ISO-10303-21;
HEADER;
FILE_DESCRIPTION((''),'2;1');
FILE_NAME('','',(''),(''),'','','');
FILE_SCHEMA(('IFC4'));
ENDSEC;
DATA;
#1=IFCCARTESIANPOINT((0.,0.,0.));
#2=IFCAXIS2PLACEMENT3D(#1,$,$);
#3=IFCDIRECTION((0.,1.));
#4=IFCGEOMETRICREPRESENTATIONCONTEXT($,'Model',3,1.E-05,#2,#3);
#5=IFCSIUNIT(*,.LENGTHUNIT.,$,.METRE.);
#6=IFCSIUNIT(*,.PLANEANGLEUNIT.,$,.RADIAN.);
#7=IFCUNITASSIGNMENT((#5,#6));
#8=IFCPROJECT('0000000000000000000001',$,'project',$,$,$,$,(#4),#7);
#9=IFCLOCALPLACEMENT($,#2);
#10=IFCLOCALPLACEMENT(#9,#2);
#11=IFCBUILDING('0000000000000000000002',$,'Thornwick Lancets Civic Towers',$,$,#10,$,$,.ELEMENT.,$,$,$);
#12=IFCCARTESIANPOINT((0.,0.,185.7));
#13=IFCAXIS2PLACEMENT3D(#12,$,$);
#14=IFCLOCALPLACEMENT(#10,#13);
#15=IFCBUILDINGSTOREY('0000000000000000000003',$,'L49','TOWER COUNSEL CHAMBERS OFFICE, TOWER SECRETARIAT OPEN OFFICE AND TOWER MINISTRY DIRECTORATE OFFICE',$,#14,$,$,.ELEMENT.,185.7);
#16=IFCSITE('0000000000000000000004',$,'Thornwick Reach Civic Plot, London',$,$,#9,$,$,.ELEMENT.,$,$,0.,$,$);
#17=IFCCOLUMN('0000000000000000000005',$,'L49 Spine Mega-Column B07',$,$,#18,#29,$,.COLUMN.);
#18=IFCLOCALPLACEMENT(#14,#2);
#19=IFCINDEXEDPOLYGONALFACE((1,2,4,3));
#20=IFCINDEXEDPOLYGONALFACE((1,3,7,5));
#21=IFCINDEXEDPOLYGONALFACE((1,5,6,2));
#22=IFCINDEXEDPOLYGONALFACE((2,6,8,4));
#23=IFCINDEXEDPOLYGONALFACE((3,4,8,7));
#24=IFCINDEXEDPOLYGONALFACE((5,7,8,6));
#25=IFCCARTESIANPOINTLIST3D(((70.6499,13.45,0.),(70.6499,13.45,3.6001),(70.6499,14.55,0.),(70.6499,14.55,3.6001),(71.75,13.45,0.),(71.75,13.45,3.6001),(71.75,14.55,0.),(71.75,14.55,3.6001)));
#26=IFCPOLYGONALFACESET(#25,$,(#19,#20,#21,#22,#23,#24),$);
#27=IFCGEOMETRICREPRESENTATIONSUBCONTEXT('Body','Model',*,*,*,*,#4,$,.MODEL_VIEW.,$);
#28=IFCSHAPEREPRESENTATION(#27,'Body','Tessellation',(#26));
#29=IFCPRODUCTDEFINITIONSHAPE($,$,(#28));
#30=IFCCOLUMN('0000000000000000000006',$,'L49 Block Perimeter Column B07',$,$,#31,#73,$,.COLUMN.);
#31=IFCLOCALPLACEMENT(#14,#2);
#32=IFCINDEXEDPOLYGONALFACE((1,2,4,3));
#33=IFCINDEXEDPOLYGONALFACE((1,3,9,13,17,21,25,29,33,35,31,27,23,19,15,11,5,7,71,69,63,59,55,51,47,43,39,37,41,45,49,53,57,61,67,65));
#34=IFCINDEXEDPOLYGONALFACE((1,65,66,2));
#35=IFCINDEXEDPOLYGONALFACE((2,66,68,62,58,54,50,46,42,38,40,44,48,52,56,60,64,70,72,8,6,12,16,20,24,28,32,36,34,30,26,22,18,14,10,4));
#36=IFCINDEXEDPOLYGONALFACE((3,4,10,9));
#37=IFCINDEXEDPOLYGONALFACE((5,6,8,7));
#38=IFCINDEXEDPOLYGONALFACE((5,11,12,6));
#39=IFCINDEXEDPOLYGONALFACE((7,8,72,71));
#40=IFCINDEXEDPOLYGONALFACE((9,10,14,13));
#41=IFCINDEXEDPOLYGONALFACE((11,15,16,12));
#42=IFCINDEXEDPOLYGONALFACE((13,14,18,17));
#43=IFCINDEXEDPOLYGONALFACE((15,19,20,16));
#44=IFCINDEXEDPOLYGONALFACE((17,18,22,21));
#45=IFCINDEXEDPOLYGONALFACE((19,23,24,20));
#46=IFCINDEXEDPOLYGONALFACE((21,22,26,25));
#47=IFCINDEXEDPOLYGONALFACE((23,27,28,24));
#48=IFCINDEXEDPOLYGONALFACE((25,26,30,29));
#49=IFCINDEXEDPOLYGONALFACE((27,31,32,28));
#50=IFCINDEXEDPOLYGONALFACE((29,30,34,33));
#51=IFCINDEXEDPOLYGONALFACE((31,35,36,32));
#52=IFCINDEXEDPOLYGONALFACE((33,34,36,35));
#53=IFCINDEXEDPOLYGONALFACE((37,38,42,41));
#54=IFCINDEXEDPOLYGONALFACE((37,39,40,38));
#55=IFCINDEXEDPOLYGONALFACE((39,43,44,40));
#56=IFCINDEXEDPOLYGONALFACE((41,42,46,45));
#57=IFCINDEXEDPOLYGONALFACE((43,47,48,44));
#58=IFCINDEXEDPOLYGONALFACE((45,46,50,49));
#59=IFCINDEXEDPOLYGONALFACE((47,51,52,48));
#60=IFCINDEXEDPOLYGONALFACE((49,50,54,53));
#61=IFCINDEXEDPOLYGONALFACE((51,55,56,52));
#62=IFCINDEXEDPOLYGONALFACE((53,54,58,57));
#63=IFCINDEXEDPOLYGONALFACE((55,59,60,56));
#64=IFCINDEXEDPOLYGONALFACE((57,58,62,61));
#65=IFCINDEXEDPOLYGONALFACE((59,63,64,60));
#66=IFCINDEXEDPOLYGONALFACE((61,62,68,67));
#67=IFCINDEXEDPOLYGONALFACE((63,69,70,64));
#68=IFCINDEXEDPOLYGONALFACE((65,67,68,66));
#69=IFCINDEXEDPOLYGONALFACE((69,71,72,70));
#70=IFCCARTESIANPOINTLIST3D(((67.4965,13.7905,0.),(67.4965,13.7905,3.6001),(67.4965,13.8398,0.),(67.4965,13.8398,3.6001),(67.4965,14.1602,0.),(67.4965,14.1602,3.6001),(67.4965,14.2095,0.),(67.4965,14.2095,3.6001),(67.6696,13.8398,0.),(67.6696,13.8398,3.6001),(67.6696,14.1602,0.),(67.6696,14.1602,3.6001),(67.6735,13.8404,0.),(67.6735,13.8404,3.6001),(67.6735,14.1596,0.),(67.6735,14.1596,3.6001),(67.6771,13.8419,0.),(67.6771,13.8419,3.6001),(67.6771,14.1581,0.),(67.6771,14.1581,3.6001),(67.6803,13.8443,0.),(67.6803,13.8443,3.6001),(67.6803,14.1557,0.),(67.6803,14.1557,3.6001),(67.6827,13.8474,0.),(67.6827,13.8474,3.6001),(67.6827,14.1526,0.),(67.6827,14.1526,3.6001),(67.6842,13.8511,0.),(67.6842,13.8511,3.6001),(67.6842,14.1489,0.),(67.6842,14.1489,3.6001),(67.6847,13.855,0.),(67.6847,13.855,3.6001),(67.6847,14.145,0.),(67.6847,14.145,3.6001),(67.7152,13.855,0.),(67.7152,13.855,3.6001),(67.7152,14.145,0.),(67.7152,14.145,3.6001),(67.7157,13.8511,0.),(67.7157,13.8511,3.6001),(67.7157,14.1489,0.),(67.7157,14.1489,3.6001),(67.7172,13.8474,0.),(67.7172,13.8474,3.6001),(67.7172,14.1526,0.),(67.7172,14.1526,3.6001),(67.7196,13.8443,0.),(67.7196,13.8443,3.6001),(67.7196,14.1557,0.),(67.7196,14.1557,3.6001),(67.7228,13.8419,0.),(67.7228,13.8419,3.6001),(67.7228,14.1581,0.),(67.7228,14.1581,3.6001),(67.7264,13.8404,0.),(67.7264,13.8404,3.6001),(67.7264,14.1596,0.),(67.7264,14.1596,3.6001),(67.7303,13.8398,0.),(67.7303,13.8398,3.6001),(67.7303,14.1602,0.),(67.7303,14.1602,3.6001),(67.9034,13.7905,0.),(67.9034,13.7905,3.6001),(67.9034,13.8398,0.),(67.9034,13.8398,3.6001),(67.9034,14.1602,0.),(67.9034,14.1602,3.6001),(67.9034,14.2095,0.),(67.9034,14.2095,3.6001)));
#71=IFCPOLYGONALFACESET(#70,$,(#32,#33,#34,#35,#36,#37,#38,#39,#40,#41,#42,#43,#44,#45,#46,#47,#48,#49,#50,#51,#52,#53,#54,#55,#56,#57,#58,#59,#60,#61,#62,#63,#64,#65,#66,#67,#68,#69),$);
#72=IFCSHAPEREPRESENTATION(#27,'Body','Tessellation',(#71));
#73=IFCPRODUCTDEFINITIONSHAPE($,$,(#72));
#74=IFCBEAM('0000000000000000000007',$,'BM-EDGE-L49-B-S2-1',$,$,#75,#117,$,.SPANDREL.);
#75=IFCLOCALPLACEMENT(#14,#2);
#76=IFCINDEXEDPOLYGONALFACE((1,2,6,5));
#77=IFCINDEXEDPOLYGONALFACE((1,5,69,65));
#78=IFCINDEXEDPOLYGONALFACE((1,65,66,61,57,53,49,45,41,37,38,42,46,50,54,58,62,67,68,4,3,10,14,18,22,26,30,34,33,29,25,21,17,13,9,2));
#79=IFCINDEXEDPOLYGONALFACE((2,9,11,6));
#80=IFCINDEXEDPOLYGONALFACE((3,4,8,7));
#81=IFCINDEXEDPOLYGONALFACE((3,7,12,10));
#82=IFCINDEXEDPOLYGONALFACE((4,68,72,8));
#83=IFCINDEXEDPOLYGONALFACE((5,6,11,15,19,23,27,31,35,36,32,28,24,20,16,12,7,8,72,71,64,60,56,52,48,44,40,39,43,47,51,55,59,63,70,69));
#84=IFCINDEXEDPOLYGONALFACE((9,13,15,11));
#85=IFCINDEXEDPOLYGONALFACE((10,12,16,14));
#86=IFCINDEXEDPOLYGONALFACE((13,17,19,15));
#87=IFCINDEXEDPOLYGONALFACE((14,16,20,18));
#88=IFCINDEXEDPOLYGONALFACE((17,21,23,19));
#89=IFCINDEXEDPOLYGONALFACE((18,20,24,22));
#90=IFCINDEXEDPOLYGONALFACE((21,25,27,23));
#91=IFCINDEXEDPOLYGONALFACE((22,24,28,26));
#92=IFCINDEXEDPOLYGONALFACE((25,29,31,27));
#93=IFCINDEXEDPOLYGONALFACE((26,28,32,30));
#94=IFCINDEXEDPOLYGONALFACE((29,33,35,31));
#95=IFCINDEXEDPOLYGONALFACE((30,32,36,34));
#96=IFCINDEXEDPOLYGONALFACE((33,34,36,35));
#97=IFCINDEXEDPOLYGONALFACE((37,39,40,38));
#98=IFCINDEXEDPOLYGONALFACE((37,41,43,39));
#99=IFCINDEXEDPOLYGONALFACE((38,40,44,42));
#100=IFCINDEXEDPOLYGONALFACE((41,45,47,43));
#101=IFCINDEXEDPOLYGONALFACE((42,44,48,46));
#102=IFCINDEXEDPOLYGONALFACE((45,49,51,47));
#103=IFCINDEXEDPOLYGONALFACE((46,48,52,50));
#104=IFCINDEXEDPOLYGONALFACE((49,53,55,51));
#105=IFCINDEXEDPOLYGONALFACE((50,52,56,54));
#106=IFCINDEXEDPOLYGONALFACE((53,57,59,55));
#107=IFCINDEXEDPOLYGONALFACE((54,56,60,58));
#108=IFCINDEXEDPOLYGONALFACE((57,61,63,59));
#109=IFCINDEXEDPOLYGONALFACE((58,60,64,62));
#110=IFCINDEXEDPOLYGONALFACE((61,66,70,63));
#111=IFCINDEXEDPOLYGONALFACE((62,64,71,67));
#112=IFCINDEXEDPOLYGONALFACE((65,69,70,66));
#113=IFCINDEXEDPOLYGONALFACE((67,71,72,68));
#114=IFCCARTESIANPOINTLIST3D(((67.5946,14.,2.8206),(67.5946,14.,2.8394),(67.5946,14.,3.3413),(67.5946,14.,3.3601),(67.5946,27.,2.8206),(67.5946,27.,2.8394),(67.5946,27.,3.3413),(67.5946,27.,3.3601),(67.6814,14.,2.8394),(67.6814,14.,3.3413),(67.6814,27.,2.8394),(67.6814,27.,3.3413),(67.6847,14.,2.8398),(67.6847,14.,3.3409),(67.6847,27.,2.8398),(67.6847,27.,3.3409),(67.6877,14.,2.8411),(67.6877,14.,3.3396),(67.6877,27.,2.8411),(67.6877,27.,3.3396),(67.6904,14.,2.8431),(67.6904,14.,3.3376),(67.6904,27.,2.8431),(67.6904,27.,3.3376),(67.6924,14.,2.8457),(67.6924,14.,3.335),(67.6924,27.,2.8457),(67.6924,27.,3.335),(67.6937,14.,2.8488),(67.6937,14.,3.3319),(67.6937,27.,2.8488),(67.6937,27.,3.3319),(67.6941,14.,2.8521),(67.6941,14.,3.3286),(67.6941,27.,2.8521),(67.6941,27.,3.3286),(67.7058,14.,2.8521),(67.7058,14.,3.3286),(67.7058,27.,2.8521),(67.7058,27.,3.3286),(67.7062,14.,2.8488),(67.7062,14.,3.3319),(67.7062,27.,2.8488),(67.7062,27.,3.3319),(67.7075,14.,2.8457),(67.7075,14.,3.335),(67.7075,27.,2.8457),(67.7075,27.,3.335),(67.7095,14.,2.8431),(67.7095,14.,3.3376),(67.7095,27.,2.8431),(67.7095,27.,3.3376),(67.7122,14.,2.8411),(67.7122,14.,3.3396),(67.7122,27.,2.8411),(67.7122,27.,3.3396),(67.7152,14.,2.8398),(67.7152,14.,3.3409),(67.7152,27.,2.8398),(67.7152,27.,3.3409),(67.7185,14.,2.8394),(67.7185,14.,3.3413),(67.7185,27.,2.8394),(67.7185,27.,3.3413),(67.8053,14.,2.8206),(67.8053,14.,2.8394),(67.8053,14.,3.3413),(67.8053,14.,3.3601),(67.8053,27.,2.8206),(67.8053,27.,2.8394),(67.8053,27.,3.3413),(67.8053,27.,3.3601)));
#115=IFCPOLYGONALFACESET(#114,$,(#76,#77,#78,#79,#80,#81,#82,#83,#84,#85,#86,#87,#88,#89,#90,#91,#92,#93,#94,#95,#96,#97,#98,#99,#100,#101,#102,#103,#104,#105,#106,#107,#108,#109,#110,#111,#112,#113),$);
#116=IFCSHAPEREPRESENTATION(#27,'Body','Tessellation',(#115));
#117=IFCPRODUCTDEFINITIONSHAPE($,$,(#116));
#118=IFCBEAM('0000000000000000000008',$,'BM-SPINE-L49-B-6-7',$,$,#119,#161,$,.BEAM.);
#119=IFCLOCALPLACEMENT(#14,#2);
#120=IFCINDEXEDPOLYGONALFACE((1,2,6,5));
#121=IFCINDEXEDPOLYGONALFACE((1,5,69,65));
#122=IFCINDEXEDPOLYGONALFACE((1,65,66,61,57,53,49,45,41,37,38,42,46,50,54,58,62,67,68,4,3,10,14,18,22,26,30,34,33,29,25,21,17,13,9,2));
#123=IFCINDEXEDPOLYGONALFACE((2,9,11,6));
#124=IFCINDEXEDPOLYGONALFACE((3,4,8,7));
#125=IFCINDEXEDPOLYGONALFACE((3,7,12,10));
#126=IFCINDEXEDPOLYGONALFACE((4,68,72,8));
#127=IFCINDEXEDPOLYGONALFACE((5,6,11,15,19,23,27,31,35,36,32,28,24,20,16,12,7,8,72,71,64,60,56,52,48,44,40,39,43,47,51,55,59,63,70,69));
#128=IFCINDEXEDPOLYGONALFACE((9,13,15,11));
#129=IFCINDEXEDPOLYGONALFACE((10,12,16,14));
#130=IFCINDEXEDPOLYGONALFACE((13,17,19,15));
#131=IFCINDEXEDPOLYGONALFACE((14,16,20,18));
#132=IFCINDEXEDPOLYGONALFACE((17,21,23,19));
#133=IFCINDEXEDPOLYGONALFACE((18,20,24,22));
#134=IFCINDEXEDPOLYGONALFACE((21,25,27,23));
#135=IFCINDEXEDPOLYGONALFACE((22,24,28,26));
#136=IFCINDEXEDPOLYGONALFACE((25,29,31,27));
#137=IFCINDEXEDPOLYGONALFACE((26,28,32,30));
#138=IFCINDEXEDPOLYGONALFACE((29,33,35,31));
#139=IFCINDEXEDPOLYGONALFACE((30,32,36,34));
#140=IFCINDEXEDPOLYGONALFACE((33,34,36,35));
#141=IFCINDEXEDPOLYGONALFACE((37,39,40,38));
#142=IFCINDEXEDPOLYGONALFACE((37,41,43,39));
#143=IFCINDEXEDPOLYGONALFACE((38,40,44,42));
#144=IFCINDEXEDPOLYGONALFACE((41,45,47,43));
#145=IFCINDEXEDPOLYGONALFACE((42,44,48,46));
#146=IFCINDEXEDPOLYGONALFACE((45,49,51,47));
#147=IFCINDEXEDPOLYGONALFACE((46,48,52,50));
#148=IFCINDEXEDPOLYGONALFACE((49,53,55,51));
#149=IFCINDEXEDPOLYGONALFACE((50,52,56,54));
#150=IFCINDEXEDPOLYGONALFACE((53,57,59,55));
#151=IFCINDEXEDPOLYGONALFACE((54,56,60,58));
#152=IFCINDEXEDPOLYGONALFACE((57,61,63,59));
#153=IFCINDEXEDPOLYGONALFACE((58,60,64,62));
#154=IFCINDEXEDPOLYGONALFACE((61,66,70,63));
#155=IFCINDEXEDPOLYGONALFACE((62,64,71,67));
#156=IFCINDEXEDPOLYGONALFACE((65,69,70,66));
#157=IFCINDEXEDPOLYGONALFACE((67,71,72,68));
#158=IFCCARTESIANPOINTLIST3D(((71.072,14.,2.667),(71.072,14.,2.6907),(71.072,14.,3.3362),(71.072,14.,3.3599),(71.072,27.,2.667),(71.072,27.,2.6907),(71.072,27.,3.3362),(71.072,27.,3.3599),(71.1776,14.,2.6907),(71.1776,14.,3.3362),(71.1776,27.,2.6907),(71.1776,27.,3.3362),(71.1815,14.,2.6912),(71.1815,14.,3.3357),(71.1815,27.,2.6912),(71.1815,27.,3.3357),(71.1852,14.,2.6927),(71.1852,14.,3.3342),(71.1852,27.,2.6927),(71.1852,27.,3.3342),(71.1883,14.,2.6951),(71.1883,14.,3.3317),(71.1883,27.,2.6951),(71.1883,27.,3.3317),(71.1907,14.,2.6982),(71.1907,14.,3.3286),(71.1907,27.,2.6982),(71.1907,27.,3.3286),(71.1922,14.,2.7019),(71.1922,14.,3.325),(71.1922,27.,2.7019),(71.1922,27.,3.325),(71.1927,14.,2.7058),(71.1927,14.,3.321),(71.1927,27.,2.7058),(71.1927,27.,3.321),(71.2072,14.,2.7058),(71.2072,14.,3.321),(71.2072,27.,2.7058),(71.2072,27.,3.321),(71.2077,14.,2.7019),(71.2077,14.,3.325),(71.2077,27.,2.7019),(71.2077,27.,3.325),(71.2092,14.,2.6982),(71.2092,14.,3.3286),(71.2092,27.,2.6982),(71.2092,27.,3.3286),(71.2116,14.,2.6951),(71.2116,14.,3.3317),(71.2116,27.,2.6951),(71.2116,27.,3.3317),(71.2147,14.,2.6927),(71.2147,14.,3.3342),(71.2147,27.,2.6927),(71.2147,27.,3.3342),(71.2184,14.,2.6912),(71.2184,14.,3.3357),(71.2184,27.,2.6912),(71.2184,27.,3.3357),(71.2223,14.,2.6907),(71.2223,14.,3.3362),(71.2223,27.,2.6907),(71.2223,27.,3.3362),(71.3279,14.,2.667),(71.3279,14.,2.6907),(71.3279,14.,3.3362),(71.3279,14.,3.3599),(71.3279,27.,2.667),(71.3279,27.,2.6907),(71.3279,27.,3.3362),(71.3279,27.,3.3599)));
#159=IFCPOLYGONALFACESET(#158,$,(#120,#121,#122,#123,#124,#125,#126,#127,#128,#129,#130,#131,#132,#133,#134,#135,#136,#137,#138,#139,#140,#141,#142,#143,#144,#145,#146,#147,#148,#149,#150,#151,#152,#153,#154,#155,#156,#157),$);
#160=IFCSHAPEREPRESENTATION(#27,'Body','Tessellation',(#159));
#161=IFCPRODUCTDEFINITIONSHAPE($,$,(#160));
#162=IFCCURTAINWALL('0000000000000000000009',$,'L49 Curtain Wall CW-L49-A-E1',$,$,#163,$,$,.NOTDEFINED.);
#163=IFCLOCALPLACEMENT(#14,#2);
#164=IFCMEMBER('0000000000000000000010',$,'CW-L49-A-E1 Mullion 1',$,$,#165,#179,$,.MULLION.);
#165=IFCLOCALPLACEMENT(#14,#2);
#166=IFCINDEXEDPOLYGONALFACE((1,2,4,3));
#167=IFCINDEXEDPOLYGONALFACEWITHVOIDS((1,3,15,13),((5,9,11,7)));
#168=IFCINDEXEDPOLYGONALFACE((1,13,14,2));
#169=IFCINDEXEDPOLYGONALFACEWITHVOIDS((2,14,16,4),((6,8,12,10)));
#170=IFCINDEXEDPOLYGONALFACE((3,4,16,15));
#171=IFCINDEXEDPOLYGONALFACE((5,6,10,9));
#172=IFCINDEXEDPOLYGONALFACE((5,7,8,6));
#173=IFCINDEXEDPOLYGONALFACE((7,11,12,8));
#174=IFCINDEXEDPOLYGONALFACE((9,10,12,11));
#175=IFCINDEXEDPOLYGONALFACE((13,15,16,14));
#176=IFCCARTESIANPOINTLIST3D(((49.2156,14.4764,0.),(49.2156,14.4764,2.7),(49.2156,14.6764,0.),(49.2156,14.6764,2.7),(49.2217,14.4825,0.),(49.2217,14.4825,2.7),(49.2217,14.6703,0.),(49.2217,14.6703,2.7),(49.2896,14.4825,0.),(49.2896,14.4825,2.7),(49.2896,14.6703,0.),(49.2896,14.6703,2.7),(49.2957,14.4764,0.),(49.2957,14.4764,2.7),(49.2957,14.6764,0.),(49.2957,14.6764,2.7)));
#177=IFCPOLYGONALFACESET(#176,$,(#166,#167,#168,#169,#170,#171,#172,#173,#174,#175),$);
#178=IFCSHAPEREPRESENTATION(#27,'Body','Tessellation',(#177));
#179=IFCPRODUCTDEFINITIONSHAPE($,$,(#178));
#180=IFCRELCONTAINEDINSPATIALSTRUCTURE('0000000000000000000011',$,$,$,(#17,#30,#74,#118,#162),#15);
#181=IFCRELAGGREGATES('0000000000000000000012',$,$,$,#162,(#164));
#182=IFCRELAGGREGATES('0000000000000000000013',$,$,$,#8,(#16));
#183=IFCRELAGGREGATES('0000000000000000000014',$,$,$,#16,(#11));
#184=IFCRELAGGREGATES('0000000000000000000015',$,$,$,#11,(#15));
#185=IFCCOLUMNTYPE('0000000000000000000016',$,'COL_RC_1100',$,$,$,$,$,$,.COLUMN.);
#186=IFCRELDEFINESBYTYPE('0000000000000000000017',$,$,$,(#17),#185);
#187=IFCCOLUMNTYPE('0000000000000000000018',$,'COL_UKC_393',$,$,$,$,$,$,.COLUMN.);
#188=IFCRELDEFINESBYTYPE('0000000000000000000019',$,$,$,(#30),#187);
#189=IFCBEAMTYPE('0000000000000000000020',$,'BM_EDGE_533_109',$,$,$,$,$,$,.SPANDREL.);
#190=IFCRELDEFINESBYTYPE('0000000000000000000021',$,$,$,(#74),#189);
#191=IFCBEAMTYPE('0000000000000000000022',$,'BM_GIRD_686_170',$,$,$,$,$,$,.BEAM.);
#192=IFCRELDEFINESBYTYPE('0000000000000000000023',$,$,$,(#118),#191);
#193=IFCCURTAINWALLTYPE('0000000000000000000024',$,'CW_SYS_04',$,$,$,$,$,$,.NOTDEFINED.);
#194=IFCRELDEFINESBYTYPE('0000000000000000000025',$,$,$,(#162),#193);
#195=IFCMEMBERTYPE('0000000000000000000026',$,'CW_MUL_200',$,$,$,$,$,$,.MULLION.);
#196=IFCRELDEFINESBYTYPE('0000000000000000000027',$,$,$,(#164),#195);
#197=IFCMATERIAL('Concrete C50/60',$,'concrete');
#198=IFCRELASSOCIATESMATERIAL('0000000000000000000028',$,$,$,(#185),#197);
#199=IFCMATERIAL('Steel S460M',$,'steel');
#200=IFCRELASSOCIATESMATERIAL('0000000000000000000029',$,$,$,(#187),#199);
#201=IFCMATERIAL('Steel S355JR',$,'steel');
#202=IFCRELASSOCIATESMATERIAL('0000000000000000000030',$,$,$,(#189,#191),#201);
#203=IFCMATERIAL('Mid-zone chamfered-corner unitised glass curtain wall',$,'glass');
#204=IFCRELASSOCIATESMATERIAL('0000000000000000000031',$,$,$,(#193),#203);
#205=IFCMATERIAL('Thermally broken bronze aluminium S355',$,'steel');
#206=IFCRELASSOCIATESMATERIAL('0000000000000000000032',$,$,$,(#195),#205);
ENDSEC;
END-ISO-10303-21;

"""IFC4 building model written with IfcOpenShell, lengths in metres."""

from ifc_helpers import new_model, si_unit, direction, frame, origin, origin_2d, place, context, subcontext, project, spatial, rectangle, hollow_rectangle, i_section, extrude, material, material_profile, profile_set, type_object, element, aggregate, save


model = new_model("IFC4")

# Units and contexts
model_context = context("Model", 3, precision=1e-05, world=origin(), true_north=direction((0.0, 1.0)))
body_context = subcontext(model_context, "Body", "Model", "MODEL_VIEW")
ifc_project = project(units=[si_unit("LENGTHUNIT", "METRE"), si_unit("PLANEANGLEUNIT", "RADIAN")], contexts=[model_context])

# Site, building, storey
site_placement = place(None, origin())
site = spatial("IfcSite", under=ifc_project, at=site_placement, Name="Thornwick Reach Civic Plot, London", CompositionType="ELEMENT", RefElevation=0.0)
building_placement = place(site_placement, origin())
building = spatial("IfcBuilding", under=site, at=building_placement, Name="Thornwick Lancets Civic Towers", CompositionType="ELEMENT")
storey_placement = place(building_placement, frame((0.0, 0.0, 185.7)))
storey = spatial("IfcBuildingStorey", under=building, at=storey_placement, Name="L49", Description="TOWER COUNSEL CHAMBERS OFFICE, TOWER SECRETARIAT OPEN OFFICE AND TOWER MINISTRY DIRECTORATE OFFICE", CompositionType="ELEMENT", Elevation=185.7)

# Columns
ifc_material_1 = material(Name="Concrete C50/60", Category="concrete")
ifc_material_profile_1 = material_profile(ifc_material_1, rectangle(XDim=1.1001, YDim=1.1001, at=origin_2d()), Name="RC 1100x1100")
ifc_profile_set_1 = profile_set([ifc_material_profile_1], Name="Concrete C50/60")
column_type_1 = type_object("IfcColumnType", Name="COL_RC_1100", PredefinedType="COLUMN", material=ifc_profile_set_1)
column_1_placement = place(storey_placement, frame((71.2, 14.0, 0.0), z_axis=(0.0, 0.0, 1.0), x_axis=(1.0, 0.0, 0.0)))
element("IfcColumn", 1, at=column_1_placement, inside=storey, type_object=column_type_1, Name="L49 Spine Mega-Column B07", PredefinedType="COLUMN", context=body_context, shape_type="SweptSolid", body=[
    extrude(rectangle(XDim=1.1001, YDim=1.1001, at=origin_2d()), origin(), (0.0, 0.0, 1.0), 3.6001),
])
ifc_material_2 = material(Name="Steel S460M", Category="steel")
ifc_material_profile_2 = material_profile(ifc_material_2, i_section(OverallWidth=0.407, OverallDepth=0.4189, WebThickness=0.0305, FlangeThickness=0.0493, FilletRadius=0.0151, at=origin_2d()), Name="UKC 356x406x393")
ifc_profile_set_2 = profile_set([ifc_material_profile_2], Name="Steel S460M")
column_type_2 = type_object("IfcColumnType", Name="COL_UKC_393", PredefinedType="COLUMN", material=ifc_profile_set_2)
column_2_placement = place(storey_placement, frame((67.7, 14.0, 0.0), z_axis=(0.0, 0.0, 1.0), x_axis=(1.0, 0.0, 0.0)))
element("IfcColumn", 2, at=column_2_placement, inside=storey, type_object=column_type_2, Name="L49 Block Perimeter Column B07", PredefinedType="COLUMN", context=body_context, shape_type="SweptSolid", body=[
    extrude(i_section(OverallWidth=0.407, OverallDepth=0.4189, WebThickness=0.0305, FlangeThickness=0.0493, FilletRadius=0.0151, at=origin_2d()), origin(), (0.0, 0.0, 1.0), 3.6001),
])

# Beams
ifc_material_3 = material(Name="Steel S355JR", Category="steel")
ifc_material_profile_3 = material_profile(ifc_material_3, i_section(OverallWidth=0.2107, OverallDepth=0.5396, WebThickness=0.0117, FlangeThickness=0.0188, FilletRadius=0.0127, at=origin_2d()), Name="UKB 533x210x109")
ifc_profile_set_3 = profile_set([ifc_material_profile_3], Name="Steel S355JR")
beam_type_1 = type_object("IfcBeamType", Name="BM_EDGE_533_109", PredefinedType="SPANDREL", material=ifc_profile_set_3)
beam_1_placement = place(storey_placement, frame((67.7, 14.0, 3.0903), z_axis=(0.0, 1.0, 0.0), x_axis=(-1.0, 0.0, 0.0)))
element("IfcBeam", 3, at=beam_1_placement, inside=storey, type_object=beam_type_1, Name="BM-EDGE-L49-B-S2-1", PredefinedType="SPANDREL", context=body_context, shape_type="SweptSolid", body=[
    extrude(i_section(OverallWidth=0.2107, OverallDepth=0.5396, WebThickness=0.0117, FlangeThickness=0.0188, FilletRadius=0.0127, at=origin_2d()), origin(), (0.0, 0.0, 1.0), 13.0),
])
ifc_material_profile_4 = material_profile(ifc_material_3, i_section(OverallWidth=0.2559, OverallDepth=0.6929, WebThickness=0.0144, FlangeThickness=0.0237, FilletRadius=0.0151, at=origin_2d()), Name="UKB 686x254x170")
ifc_profile_set_4 = profile_set([ifc_material_profile_4], Name="Steel S355JR")
beam_type_2 = type_object("IfcBeamType", Name="BM_GIRD_686_170", PredefinedType="BEAM", material=ifc_profile_set_4)
beam_2_placement = place(storey_placement, frame((71.2, 14.0, 3.0134), z_axis=(0.0, 1.0, 0.0), x_axis=(-1.0, 0.0, 0.0)))
element("IfcBeam", 4, at=beam_2_placement, inside=storey, type_object=beam_type_2, Name="BM-SPINE-L49-B-6-7", PredefinedType="BEAM", context=body_context, shape_type="SweptSolid", body=[
    extrude(i_section(OverallWidth=0.2559, OverallDepth=0.6929, WebThickness=0.0144, FlangeThickness=0.0237, FilletRadius=0.0151, at=origin_2d()), origin(), (0.0, 0.0, 1.0), 13.0),
])

# Curtain wall, member
ifc_material_4 = material(Name="Mid-zone chamfered-corner unitised glass curtain wall", Category="glass")
curtain_wall_type = type_object("IfcCurtainWallType", Name="CW_SYS_04", PredefinedType="NOTDEFINED", material=ifc_material_4)
curtain_wall_1_placement = place(storey_placement, origin())
curtain_wall_1 = element("IfcCurtainWall", 5, at=curtain_wall_1_placement, inside=storey, type_object=curtain_wall_type, Name="L49 Curtain Wall CW-L49-A-E1", PredefinedType="NOTDEFINED")
ifc_material_5 = material(Name="Thermally broken bronze aluminium S355", Category="steel")
ifc_material_profile_5 = material_profile(ifc_material_5, hollow_rectangle(XDim=0.0801, YDim=0.2, WallThickness=0.0061, at=origin_2d()), Name="RHS 200x80x6")
ifc_profile_set_5 = profile_set([ifc_material_profile_5], Name="Thermally broken bronze aluminium S355")
member_type_1 = type_object("IfcMemberType", Name="CW_MUL_200", PredefinedType="MULLION", material=ifc_profile_set_5)
member_1_placement = place(storey_placement, frame((49.2556, 14.5764, 0.0), z_axis=(0.0, 0.0, 1.0), x_axis=(1.0, 0.0, 0.0)))
member_1 = element("IfcMember", 6, at=member_1_placement, type_object=member_type_1, Name="CW-L49-A-E1 Mullion 1", PredefinedType="MULLION", context=body_context, shape_type="SweptSolid", body=[
    extrude(hollow_rectangle(XDim=0.0801, YDim=0.2, WallThickness=0.0061, at=origin_2d()), origin(), (0.0, 0.0, 1.0), 2.7),
])
aggregate(curtain_wall_1, [member_1])

save(model, "model.ifc")
